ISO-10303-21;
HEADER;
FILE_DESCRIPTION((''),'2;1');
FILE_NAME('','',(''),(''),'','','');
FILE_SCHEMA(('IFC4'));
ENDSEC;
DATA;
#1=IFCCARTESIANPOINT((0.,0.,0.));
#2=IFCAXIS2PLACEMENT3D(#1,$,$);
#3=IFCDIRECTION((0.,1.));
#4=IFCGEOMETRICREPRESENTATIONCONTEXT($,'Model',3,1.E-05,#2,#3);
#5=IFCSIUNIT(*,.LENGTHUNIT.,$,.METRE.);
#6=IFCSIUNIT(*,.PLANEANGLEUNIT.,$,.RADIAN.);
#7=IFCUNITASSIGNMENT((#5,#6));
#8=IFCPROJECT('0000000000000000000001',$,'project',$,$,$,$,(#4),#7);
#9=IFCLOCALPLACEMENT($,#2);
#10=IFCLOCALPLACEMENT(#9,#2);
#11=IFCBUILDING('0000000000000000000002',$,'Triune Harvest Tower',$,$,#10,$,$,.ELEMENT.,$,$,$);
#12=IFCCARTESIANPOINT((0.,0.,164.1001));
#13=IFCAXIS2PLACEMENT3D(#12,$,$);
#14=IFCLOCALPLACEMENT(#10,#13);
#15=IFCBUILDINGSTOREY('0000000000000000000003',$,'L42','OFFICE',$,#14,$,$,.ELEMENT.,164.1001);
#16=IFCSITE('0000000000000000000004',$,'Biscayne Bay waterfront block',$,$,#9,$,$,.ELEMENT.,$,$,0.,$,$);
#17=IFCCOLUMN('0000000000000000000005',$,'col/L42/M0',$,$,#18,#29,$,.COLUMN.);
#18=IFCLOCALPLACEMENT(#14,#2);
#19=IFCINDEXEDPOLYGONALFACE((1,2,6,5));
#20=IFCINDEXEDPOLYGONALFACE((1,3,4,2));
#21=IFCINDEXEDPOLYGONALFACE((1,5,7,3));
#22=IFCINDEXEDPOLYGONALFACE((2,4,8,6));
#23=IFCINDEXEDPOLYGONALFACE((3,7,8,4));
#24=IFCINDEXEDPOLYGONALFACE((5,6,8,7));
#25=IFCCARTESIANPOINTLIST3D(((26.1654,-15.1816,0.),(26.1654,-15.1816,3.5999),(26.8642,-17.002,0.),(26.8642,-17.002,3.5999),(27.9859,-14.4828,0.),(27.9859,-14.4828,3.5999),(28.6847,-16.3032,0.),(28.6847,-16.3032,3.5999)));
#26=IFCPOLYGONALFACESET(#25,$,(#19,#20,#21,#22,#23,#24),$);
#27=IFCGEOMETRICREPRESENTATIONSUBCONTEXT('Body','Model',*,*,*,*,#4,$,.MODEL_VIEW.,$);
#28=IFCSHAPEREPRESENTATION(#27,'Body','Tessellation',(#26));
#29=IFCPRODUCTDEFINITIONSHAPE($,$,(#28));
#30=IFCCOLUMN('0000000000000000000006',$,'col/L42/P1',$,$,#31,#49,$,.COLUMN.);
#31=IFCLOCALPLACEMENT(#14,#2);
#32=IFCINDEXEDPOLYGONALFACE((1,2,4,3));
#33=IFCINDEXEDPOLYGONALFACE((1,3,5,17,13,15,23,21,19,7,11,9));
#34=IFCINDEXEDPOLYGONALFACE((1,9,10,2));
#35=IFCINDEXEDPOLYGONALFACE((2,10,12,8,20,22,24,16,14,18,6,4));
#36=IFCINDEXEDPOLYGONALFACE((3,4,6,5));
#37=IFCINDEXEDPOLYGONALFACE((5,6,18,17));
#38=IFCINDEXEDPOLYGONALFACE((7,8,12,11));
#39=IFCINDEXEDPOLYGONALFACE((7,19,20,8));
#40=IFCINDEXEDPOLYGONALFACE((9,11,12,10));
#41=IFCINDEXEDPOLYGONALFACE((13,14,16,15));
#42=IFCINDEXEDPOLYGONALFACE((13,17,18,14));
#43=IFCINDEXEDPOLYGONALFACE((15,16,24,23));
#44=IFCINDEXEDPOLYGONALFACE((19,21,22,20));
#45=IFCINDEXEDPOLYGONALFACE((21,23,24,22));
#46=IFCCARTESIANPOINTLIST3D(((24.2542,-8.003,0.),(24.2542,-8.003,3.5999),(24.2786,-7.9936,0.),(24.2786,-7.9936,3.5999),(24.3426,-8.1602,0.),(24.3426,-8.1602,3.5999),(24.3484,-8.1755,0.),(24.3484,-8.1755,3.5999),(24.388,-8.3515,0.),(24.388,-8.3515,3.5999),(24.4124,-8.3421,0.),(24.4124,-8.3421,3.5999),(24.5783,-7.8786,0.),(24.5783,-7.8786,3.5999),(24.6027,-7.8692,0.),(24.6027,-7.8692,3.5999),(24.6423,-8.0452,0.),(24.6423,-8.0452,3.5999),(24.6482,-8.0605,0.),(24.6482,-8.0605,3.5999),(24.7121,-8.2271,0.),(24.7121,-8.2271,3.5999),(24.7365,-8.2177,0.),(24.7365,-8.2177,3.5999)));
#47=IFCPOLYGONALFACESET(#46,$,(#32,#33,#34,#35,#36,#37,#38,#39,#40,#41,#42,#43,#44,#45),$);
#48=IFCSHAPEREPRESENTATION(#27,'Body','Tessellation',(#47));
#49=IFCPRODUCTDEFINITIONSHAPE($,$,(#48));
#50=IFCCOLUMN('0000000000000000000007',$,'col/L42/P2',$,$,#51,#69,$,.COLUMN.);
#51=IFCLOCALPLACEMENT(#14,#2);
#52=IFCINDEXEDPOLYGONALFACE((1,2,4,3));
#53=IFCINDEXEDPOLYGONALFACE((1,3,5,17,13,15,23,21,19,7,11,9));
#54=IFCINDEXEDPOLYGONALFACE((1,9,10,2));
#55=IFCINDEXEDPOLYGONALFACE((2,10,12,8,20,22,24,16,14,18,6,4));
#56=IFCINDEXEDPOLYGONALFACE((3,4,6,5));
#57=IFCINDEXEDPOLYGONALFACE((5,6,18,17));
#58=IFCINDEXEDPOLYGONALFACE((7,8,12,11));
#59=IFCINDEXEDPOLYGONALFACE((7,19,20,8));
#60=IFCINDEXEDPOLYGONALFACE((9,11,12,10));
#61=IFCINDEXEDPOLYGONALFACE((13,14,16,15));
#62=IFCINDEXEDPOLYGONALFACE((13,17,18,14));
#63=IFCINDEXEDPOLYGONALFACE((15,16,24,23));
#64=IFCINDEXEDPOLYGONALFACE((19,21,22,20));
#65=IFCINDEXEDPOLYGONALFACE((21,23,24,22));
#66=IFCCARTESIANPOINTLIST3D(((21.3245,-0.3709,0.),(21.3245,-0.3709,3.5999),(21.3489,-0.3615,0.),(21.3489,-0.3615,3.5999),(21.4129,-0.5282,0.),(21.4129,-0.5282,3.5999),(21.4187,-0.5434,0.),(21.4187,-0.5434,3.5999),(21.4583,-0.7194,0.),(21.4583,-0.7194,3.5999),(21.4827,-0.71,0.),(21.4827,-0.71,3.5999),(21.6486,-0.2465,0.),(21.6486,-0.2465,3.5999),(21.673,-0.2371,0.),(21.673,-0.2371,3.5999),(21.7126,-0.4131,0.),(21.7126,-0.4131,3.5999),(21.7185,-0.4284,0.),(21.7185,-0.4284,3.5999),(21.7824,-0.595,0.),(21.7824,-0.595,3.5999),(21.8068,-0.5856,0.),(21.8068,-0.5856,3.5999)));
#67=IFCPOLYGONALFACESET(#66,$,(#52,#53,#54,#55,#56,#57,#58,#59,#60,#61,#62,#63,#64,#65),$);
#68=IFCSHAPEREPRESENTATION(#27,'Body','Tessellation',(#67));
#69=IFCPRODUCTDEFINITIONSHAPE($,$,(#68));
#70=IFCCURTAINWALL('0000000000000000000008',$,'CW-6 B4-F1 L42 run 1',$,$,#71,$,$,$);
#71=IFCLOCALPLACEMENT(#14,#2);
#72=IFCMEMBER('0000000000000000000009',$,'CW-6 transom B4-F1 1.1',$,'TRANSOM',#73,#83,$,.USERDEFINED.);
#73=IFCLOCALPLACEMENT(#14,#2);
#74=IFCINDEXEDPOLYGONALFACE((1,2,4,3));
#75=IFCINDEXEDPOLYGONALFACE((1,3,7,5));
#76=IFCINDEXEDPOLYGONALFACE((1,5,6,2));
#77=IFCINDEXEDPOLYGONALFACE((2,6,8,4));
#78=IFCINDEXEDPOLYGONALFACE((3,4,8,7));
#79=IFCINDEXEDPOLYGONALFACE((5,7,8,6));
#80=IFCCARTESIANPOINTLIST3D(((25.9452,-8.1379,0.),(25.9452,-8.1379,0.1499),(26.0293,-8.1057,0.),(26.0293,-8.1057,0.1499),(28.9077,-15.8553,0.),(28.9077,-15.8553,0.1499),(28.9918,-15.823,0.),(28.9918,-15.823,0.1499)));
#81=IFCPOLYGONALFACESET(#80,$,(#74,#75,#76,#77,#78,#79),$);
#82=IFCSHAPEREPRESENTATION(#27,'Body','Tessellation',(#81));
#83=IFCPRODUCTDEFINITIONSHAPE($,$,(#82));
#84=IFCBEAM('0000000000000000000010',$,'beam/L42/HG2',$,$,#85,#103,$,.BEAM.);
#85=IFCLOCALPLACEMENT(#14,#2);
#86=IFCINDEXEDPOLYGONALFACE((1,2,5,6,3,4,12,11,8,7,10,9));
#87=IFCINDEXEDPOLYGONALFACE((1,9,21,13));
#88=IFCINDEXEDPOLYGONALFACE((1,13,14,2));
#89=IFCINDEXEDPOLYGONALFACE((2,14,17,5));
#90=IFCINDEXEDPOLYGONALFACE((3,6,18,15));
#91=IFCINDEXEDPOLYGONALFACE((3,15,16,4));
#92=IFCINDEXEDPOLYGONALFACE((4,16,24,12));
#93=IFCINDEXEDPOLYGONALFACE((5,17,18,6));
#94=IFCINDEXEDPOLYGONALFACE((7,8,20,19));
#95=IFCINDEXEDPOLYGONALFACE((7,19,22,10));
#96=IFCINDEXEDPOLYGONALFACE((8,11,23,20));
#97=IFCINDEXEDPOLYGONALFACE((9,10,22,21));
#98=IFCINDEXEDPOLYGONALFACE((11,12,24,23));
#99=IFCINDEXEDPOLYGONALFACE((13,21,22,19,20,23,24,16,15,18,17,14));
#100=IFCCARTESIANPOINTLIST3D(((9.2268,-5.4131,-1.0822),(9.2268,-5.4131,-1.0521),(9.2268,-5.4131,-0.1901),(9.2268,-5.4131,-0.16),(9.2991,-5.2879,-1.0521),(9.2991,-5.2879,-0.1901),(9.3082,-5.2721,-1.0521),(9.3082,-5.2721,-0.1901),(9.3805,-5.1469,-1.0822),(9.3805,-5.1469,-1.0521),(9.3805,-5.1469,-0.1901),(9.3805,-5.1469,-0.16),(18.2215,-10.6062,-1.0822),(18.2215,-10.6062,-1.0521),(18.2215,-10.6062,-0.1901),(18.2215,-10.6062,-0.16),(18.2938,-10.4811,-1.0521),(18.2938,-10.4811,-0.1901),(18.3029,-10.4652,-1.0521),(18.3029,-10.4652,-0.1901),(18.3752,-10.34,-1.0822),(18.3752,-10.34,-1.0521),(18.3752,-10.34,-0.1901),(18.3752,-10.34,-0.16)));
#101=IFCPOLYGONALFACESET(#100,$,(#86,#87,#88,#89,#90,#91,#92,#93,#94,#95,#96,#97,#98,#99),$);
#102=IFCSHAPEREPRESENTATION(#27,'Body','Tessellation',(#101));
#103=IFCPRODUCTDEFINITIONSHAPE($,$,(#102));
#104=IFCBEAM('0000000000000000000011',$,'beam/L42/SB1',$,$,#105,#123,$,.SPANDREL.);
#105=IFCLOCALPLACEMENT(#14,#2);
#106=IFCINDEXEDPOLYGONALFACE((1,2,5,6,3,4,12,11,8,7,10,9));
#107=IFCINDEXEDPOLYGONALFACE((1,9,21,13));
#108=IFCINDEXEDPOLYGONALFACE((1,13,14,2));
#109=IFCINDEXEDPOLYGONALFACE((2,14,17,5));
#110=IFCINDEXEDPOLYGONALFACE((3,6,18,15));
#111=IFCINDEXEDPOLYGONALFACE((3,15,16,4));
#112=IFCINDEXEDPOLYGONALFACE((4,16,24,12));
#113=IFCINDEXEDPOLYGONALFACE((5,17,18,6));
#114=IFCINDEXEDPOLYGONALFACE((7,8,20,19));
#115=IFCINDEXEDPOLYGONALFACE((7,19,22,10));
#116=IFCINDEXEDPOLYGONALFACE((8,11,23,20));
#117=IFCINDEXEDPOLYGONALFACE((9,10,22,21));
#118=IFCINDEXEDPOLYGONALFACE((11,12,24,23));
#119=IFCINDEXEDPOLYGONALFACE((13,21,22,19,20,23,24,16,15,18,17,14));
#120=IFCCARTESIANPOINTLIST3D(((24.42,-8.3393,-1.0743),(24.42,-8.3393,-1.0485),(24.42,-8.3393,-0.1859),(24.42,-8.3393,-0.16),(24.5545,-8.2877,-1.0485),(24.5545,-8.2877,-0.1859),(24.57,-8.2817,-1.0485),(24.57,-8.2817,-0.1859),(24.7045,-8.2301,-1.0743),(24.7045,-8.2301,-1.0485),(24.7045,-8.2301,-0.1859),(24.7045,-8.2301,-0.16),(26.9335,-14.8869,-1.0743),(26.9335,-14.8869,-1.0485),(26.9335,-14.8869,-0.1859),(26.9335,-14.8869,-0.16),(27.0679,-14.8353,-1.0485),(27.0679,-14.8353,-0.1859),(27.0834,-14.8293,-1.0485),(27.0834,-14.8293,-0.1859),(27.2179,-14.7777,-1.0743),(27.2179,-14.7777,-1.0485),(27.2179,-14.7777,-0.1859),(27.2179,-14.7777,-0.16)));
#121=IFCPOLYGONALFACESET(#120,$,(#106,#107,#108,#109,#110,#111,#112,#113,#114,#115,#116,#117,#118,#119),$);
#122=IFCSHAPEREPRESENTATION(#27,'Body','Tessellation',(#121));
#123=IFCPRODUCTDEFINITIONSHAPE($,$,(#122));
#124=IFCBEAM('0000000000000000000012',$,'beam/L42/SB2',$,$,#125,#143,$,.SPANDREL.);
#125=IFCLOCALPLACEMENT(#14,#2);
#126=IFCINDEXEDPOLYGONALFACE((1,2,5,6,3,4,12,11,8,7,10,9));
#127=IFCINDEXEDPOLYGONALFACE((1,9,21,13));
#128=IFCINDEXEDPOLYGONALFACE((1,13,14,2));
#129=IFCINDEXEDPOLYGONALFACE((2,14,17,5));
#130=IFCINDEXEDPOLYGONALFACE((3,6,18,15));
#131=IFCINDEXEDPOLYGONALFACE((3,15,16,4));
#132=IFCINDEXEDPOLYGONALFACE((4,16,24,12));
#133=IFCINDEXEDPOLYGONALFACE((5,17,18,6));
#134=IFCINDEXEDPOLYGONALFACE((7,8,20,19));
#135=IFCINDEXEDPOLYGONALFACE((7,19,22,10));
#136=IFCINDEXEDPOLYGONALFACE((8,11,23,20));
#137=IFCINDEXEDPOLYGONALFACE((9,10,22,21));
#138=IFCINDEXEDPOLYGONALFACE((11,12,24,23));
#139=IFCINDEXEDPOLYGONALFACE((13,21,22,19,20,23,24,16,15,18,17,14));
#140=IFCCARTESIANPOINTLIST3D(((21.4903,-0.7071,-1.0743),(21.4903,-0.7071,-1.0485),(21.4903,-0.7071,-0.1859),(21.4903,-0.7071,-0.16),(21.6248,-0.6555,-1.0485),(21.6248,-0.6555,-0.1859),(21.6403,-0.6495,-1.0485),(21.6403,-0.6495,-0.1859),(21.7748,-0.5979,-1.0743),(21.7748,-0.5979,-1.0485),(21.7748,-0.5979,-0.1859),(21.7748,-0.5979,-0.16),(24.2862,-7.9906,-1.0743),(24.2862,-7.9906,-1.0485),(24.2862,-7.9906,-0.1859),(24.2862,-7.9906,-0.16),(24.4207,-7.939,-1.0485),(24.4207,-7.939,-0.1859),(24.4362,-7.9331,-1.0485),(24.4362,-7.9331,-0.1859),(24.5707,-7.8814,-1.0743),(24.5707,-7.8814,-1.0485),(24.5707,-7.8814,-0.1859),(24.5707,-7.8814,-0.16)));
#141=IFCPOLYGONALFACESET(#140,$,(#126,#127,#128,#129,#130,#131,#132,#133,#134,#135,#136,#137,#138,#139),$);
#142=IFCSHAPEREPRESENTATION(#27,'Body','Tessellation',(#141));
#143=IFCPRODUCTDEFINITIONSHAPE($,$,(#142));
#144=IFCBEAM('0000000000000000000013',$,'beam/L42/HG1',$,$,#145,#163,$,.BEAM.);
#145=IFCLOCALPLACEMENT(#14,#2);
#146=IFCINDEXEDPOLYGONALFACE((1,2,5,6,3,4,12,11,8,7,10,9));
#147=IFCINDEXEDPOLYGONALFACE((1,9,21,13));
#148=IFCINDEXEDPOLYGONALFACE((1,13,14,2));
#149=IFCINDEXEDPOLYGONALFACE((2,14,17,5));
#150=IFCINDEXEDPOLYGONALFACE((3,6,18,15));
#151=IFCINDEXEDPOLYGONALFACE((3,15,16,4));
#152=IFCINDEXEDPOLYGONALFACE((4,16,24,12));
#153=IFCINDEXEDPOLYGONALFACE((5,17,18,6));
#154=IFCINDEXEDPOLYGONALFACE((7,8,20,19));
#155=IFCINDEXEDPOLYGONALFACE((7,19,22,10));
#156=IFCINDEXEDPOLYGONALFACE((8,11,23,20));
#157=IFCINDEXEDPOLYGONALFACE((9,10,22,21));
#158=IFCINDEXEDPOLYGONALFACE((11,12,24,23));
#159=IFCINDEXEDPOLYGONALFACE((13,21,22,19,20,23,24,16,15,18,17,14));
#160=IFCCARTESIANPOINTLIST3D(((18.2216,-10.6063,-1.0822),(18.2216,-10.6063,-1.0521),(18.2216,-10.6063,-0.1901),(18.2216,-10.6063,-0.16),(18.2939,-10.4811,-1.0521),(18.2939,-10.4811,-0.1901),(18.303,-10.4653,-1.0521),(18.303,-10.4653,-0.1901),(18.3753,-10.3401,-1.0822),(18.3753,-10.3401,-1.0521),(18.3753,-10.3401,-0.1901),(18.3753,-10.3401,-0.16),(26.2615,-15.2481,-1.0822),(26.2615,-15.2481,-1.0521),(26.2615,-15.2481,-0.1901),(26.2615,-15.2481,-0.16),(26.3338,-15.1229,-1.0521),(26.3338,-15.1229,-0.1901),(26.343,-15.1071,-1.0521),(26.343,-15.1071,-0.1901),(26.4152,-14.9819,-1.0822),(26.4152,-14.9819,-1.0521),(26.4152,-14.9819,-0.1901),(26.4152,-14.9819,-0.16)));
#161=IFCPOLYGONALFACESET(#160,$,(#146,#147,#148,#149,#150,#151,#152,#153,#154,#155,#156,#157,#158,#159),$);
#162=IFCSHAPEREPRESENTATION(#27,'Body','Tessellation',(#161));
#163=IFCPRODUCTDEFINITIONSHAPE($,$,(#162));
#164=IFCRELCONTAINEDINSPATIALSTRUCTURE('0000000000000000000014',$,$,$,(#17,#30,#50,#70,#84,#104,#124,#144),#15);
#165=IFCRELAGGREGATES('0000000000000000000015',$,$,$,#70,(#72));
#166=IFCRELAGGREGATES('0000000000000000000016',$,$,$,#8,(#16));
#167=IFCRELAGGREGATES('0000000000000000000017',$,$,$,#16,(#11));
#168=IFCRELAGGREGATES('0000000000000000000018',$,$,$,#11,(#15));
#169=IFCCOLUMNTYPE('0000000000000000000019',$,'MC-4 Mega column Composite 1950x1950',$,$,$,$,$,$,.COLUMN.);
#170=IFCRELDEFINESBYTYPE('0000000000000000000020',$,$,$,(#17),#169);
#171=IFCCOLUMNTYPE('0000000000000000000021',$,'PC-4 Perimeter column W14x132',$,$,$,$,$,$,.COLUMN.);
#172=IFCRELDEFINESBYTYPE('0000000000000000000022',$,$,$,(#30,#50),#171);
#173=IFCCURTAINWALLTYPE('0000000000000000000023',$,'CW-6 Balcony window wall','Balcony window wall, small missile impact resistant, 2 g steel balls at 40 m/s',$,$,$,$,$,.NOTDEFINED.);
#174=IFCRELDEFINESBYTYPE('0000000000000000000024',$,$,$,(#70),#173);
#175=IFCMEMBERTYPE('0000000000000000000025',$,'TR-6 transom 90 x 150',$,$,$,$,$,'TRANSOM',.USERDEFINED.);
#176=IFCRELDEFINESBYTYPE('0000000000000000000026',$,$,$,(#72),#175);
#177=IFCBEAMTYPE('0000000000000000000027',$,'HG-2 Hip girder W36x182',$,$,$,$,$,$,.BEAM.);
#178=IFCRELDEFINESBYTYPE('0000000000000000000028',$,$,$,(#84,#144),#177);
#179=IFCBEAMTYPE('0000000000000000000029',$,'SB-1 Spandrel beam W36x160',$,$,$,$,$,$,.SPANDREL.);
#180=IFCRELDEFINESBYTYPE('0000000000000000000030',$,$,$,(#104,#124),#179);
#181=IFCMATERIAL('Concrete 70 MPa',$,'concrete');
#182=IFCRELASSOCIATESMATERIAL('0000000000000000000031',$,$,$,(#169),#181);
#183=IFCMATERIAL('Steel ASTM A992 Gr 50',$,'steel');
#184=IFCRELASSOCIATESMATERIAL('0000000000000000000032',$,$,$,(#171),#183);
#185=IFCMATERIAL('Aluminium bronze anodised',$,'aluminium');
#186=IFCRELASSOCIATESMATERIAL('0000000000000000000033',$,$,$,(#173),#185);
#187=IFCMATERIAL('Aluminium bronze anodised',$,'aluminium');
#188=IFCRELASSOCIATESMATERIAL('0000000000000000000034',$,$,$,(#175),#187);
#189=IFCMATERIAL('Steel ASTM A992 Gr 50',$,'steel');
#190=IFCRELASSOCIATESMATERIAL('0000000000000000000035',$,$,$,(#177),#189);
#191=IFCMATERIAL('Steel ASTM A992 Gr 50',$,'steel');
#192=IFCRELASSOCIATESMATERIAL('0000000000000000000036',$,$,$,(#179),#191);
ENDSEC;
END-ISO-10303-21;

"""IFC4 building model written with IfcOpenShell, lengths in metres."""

from ifc_helpers import new_model, si_unit, direction, frame, origin, origin_2d, place, context, subcontext, project, spatial, rectangle, i_section, extrude, source, transform, mapped, material, material_profile, profile_set, type_object, element, aggregate, save


model = new_model("IFC4")

# Units and contexts
model_context = context("Model", 3, precision=1e-05, world=origin(), true_north=direction((0.0, 1.0)))
body_context = subcontext(model_context, "Body", "Model", "MODEL_VIEW")
ifc_project = project(units=[si_unit("LENGTHUNIT", "METRE"), si_unit("PLANEANGLEUNIT", "RADIAN")], contexts=[model_context])

# Site, building, storey
site_placement = place(None, origin())
site = spatial("IfcSite", under=ifc_project, at=site_placement, Name="Biscayne Bay waterfront block", CompositionType="ELEMENT", RefElevation=0.0)
building_placement = place(site_placement, origin())
building = spatial("IfcBuilding", under=site, at=building_placement, Name="Triune Harvest Tower", CompositionType="ELEMENT")
storey_placement = place(building_placement, frame((0.0, 0.0, 164.1001)))
storey = spatial("IfcBuildingStorey", under=building, at=storey_placement, Name="L42", Description="OFFICE", CompositionType="ELEMENT", Elevation=164.1001)

# Columns
ifc_material_1 = material(Name="Concrete 70 MPa", Category="concrete")
ifc_material_profile_1 = material_profile(ifc_material_1, rectangle(XDim=1.95, YDim=1.95, at=origin_2d()), Name="Composite 1950x1950")
ifc_profile_set_1 = profile_set([ifc_material_profile_1], Name="Concrete 70 MPa")
column_type_1 = type_object("IfcColumnType", Name="MC-4 Mega column Composite 1950x1950", PredefinedType="COLUMN", material=ifc_profile_set_1)
shared_shape_1 = source(origin(), body_context, "Body", "SweptSolid", [
    extrude(rectangle(XDim=1.95, YDim=1.95, at=origin_2d()), origin(), (0.0, 0.0, 1.0), 3.5999),
])
column_placement = place(storey_placement, frame((27.425, -15.7424, 0.0), z_axis=(0.0, 0.0, 1.0), x_axis=(-0.358368, 0.93358, 0.0)))
element("IfcColumn", 1, at=column_placement, inside=storey, type_object=column_type_1, Name="col/L42/M0", PredefinedType="COLUMN", context=body_context, shape_type="MappedRepresentation", body=[
    mapped(shared_shape_1, transform((0.0, 0.0, 0.0), scale=1.0)),
])
ifc_material_2 = material(Name="Steel ASTM A992 Gr 50", Category="steel")
ifc_material_profile_2 = material_profile(ifc_material_2, i_section(OverallWidth=0.3733, OverallDepth=0.3733, WebThickness=0.0164, FlangeThickness=0.0261, at=origin_2d()), Name="W14x132")
ifc_profile_set_2 = profile_set([ifc_material_profile_2], Name="Steel ASTM A992 Gr 50")
column_type_2 = type_object("IfcColumnType", Name="PC-4 Perimeter column W14x132", PredefinedType="COLUMN", material=ifc_profile_set_2)
shared_shape_2 = source(origin(), body_context, "Body", "SweptSolid", [
    extrude(i_section(OverallWidth=0.3733, OverallDepth=0.3733, WebThickness=0.0164, FlangeThickness=0.0261, at=origin_2d()), origin(), (0.0, 0.0, 1.0), 3.5999),
])
for number, where, z_axis, x_axis, name in (
    (2, (24.4954, -8.1104, 0.0), (0.0, 0.0, 1.0), (-0.358368, 0.93358, 0.0), "col/L42/P1"),
    (3, (21.5657, -0.4783, 0.0), (0.0, 0.0, 1.0), (-0.358368, 0.93358, 0.0), "col/L42/P2"),
):
    element("IfcColumn", number, at=place(storey_placement, frame(where, z_axis=z_axis, x_axis=x_axis)), inside=storey, type_object=column_type_2, Name=name, PredefinedType="COLUMN", context=body_context, shape_type="MappedRepresentation", body=[
        mapped(shared_shape_2, transform((0.0, 0.0, 0.0), scale=1.0)),
    ])

# Curtain wall, member
ifc_material_3 = material(Name="Aluminium bronze anodised", Category="aluminium")
curtain_wall_type_1 = type_object("IfcCurtainWallType", Name="CW-6 Balcony window wall", Description="Balcony window wall, small missile impact resistant, 2 g steel balls at 40 m/s", PredefinedType="NOTDEFINED", material=ifc_material_3)
curtain_wall_1_placement = place(storey_placement, origin())
curtain_wall_1 = element("IfcCurtainWall", 4, at=curtain_wall_1_placement, inside=storey, type_object=curtain_wall_type_1, Name="CW-6 B4-F1 L42 run 1")
ifc_material_4 = material(Name="Aluminium bronze anodised", Category="aluminium")
ifc_material_profile_3 = material_profile(ifc_material_4, rectangle(XDim=0.0901, YDim=0.1499, at=origin_2d()), Name="TR-6 transom 90 x 150")
ifc_profile_set_3 = profile_set([ifc_material_profile_3], Name="Aluminium bronze anodised")
member_type_1 = type_object("IfcMemberType", Name="TR-6 transom 90 x 150", ElementType="TRANSOM", PredefinedType="USERDEFINED", material=ifc_profile_set_3)
member_1_placement = place(storey_placement, frame((28.9497, -15.8391, 0.075), z_axis=(-0.358369, 0.93358, 0.0), x_axis=(-0.93358, -0.358369, 0.0)))
member_1 = element("IfcMember", 5, at=member_1_placement, type_object=member_type_1, Name="CW-6 transom B4-F1 1.1", ObjectType="TRANSOM", PredefinedType="USERDEFINED", context=body_context, shape_type="SweptSolid", body=[
    extrude(rectangle(XDim=0.0901, YDim=0.1499, at=origin_2d()), origin(), (0.0, 0.0, 1.0), 8.2664),
])

# Beams
ifc_material_5 = material(Name="Steel ASTM A992 Gr 50", Category="steel")
ifc_material_profile_4 = material_profile(ifc_material_5, i_section(OverallWidth=0.3074, OverallDepth=0.9221, WebThickness=0.0183, FlangeThickness=0.03, at=origin_2d()), Name="W36x182")
ifc_profile_set_4 = profile_set([ifc_material_profile_4], Name="Steel ASTM A992 Gr 50")
beam_type_1 = type_object("IfcBeamType", Name="HG-2 Hip girder W36x182", PredefinedType="BEAM", material=ifc_profile_set_4)
shared_shape_3 = source(origin(), body_context, "Body", "SweptSolid", [
    extrude(i_section(OverallWidth=0.3074, OverallDepth=0.9221, WebThickness=0.0183, FlangeThickness=0.03, at=origin_2d()), origin(), (0.0, 0.0, 1.0), 10.3862),
])
beam_1_placement = place(storey_placement, frame((18.2983, -10.4731, -0.6211), z_axis=(-0.866023, 0.500005, 0.0), x_axis=(-0.500005, -0.866023, 0.0)))
element("IfcBeam", 6, at=beam_1_placement, inside=storey, type_object=beam_type_1, Name="beam/L42/HG2", PredefinedType="BEAM", context=body_context, shape_type="MappedRepresentation", body=[
    mapped(shared_shape_3, transform((0.0, 0.0, 0.0), scale=1.0)),
])
ifc_material_6 = material(Name="Steel ASTM A992 Gr 50", Category="steel")
ifc_material_profile_5 = material_profile(ifc_material_6, i_section(OverallWidth=0.3047, OverallDepth=0.9143, WebThickness=0.0166, FlangeThickness=0.0259, at=origin_2d()), Name="W36x160")
ifc_profile_set_5 = profile_set([ifc_material_profile_5], Name="Steel ASTM A992 Gr 50")
beam_type_2 = type_object("IfcBeamType", Name="SB-1 Spandrel beam W36x160", PredefinedType="SPANDREL", material=ifc_profile_set_5)
shared_shape_4 = source(origin(), body_context, "Body", "SweptSolid", [
    extrude(i_section(OverallWidth=0.3047, OverallDepth=0.9143, WebThickness=0.0166, FlangeThickness=0.0259, at=origin_2d()), origin(), (0.0, 0.0, 1.0), 7.0134),
])
beam_2_placement = place(storey_placement, frame((27.0757, -14.8323, -0.6172), z_axis=(-0.358373, 0.933579, 0.0), x_axis=(-0.933579, -0.358373, 0.0)))
element("IfcBeam", 7, at=beam_2_placement, inside=storey, type_object=beam_type_2, Name="beam/L42/SB1", PredefinedType="SPANDREL", context=body_context, shape_type="MappedRepresentation", body=[
    mapped(shared_shape_4, transform((0.0, 0.0, 0.0), scale=1.0)),
])
shared_shape_5 = source(origin(), body_context, "Body", "SweptSolid", [
    extrude(i_section(OverallWidth=0.3047, OverallDepth=0.9143, WebThickness=0.0166, FlangeThickness=0.0259, at=origin_2d()), origin(), (0.0, 0.0, 1.0), 7.8018),
])
beam_3_placement = place(storey_placement, frame((24.4285, -7.936, -0.6172), z_axis=(-0.358373, 0.933578, 0.0), x_axis=(-0.933578, -0.358373, 0.0)))
element("IfcBeam", 8, at=beam_3_placement, inside=storey, type_object=beam_type_2, Name="beam/L42/SB2", PredefinedType="SPANDREL", context=body_context, shape_type="MappedRepresentation", body=[
    mapped(shared_shape_5, transform((0.0, 0.0, 0.0), scale=1.0)),
])
shared_shape_6 = source(origin(), body_context, "Body", "SweptSolid", [
    extrude(i_section(OverallWidth=0.3074, OverallDepth=0.9221, WebThickness=0.0183, FlangeThickness=0.03, at=origin_2d()), origin(), (0.0, 0.0, 1.0), 9.2837),
])
beam_4_placement = place(storey_placement, frame((26.3384, -15.115, -0.6211), z_axis=(-0.866029, 0.499994, 0.0), x_axis=(-0.499994, -0.866029, 0.0)))
element("IfcBeam", 9, at=beam_4_placement, inside=storey, type_object=beam_type_1, Name="beam/L42/HG1", PredefinedType="BEAM", context=body_context, shape_type="MappedRepresentation", body=[
    mapped(shared_shape_6, transform((0.0, 0.0, 0.0), scale=1.0)),
])

aggregate(curtain_wall_1, [member_1])

save(model, "model.ifc")
